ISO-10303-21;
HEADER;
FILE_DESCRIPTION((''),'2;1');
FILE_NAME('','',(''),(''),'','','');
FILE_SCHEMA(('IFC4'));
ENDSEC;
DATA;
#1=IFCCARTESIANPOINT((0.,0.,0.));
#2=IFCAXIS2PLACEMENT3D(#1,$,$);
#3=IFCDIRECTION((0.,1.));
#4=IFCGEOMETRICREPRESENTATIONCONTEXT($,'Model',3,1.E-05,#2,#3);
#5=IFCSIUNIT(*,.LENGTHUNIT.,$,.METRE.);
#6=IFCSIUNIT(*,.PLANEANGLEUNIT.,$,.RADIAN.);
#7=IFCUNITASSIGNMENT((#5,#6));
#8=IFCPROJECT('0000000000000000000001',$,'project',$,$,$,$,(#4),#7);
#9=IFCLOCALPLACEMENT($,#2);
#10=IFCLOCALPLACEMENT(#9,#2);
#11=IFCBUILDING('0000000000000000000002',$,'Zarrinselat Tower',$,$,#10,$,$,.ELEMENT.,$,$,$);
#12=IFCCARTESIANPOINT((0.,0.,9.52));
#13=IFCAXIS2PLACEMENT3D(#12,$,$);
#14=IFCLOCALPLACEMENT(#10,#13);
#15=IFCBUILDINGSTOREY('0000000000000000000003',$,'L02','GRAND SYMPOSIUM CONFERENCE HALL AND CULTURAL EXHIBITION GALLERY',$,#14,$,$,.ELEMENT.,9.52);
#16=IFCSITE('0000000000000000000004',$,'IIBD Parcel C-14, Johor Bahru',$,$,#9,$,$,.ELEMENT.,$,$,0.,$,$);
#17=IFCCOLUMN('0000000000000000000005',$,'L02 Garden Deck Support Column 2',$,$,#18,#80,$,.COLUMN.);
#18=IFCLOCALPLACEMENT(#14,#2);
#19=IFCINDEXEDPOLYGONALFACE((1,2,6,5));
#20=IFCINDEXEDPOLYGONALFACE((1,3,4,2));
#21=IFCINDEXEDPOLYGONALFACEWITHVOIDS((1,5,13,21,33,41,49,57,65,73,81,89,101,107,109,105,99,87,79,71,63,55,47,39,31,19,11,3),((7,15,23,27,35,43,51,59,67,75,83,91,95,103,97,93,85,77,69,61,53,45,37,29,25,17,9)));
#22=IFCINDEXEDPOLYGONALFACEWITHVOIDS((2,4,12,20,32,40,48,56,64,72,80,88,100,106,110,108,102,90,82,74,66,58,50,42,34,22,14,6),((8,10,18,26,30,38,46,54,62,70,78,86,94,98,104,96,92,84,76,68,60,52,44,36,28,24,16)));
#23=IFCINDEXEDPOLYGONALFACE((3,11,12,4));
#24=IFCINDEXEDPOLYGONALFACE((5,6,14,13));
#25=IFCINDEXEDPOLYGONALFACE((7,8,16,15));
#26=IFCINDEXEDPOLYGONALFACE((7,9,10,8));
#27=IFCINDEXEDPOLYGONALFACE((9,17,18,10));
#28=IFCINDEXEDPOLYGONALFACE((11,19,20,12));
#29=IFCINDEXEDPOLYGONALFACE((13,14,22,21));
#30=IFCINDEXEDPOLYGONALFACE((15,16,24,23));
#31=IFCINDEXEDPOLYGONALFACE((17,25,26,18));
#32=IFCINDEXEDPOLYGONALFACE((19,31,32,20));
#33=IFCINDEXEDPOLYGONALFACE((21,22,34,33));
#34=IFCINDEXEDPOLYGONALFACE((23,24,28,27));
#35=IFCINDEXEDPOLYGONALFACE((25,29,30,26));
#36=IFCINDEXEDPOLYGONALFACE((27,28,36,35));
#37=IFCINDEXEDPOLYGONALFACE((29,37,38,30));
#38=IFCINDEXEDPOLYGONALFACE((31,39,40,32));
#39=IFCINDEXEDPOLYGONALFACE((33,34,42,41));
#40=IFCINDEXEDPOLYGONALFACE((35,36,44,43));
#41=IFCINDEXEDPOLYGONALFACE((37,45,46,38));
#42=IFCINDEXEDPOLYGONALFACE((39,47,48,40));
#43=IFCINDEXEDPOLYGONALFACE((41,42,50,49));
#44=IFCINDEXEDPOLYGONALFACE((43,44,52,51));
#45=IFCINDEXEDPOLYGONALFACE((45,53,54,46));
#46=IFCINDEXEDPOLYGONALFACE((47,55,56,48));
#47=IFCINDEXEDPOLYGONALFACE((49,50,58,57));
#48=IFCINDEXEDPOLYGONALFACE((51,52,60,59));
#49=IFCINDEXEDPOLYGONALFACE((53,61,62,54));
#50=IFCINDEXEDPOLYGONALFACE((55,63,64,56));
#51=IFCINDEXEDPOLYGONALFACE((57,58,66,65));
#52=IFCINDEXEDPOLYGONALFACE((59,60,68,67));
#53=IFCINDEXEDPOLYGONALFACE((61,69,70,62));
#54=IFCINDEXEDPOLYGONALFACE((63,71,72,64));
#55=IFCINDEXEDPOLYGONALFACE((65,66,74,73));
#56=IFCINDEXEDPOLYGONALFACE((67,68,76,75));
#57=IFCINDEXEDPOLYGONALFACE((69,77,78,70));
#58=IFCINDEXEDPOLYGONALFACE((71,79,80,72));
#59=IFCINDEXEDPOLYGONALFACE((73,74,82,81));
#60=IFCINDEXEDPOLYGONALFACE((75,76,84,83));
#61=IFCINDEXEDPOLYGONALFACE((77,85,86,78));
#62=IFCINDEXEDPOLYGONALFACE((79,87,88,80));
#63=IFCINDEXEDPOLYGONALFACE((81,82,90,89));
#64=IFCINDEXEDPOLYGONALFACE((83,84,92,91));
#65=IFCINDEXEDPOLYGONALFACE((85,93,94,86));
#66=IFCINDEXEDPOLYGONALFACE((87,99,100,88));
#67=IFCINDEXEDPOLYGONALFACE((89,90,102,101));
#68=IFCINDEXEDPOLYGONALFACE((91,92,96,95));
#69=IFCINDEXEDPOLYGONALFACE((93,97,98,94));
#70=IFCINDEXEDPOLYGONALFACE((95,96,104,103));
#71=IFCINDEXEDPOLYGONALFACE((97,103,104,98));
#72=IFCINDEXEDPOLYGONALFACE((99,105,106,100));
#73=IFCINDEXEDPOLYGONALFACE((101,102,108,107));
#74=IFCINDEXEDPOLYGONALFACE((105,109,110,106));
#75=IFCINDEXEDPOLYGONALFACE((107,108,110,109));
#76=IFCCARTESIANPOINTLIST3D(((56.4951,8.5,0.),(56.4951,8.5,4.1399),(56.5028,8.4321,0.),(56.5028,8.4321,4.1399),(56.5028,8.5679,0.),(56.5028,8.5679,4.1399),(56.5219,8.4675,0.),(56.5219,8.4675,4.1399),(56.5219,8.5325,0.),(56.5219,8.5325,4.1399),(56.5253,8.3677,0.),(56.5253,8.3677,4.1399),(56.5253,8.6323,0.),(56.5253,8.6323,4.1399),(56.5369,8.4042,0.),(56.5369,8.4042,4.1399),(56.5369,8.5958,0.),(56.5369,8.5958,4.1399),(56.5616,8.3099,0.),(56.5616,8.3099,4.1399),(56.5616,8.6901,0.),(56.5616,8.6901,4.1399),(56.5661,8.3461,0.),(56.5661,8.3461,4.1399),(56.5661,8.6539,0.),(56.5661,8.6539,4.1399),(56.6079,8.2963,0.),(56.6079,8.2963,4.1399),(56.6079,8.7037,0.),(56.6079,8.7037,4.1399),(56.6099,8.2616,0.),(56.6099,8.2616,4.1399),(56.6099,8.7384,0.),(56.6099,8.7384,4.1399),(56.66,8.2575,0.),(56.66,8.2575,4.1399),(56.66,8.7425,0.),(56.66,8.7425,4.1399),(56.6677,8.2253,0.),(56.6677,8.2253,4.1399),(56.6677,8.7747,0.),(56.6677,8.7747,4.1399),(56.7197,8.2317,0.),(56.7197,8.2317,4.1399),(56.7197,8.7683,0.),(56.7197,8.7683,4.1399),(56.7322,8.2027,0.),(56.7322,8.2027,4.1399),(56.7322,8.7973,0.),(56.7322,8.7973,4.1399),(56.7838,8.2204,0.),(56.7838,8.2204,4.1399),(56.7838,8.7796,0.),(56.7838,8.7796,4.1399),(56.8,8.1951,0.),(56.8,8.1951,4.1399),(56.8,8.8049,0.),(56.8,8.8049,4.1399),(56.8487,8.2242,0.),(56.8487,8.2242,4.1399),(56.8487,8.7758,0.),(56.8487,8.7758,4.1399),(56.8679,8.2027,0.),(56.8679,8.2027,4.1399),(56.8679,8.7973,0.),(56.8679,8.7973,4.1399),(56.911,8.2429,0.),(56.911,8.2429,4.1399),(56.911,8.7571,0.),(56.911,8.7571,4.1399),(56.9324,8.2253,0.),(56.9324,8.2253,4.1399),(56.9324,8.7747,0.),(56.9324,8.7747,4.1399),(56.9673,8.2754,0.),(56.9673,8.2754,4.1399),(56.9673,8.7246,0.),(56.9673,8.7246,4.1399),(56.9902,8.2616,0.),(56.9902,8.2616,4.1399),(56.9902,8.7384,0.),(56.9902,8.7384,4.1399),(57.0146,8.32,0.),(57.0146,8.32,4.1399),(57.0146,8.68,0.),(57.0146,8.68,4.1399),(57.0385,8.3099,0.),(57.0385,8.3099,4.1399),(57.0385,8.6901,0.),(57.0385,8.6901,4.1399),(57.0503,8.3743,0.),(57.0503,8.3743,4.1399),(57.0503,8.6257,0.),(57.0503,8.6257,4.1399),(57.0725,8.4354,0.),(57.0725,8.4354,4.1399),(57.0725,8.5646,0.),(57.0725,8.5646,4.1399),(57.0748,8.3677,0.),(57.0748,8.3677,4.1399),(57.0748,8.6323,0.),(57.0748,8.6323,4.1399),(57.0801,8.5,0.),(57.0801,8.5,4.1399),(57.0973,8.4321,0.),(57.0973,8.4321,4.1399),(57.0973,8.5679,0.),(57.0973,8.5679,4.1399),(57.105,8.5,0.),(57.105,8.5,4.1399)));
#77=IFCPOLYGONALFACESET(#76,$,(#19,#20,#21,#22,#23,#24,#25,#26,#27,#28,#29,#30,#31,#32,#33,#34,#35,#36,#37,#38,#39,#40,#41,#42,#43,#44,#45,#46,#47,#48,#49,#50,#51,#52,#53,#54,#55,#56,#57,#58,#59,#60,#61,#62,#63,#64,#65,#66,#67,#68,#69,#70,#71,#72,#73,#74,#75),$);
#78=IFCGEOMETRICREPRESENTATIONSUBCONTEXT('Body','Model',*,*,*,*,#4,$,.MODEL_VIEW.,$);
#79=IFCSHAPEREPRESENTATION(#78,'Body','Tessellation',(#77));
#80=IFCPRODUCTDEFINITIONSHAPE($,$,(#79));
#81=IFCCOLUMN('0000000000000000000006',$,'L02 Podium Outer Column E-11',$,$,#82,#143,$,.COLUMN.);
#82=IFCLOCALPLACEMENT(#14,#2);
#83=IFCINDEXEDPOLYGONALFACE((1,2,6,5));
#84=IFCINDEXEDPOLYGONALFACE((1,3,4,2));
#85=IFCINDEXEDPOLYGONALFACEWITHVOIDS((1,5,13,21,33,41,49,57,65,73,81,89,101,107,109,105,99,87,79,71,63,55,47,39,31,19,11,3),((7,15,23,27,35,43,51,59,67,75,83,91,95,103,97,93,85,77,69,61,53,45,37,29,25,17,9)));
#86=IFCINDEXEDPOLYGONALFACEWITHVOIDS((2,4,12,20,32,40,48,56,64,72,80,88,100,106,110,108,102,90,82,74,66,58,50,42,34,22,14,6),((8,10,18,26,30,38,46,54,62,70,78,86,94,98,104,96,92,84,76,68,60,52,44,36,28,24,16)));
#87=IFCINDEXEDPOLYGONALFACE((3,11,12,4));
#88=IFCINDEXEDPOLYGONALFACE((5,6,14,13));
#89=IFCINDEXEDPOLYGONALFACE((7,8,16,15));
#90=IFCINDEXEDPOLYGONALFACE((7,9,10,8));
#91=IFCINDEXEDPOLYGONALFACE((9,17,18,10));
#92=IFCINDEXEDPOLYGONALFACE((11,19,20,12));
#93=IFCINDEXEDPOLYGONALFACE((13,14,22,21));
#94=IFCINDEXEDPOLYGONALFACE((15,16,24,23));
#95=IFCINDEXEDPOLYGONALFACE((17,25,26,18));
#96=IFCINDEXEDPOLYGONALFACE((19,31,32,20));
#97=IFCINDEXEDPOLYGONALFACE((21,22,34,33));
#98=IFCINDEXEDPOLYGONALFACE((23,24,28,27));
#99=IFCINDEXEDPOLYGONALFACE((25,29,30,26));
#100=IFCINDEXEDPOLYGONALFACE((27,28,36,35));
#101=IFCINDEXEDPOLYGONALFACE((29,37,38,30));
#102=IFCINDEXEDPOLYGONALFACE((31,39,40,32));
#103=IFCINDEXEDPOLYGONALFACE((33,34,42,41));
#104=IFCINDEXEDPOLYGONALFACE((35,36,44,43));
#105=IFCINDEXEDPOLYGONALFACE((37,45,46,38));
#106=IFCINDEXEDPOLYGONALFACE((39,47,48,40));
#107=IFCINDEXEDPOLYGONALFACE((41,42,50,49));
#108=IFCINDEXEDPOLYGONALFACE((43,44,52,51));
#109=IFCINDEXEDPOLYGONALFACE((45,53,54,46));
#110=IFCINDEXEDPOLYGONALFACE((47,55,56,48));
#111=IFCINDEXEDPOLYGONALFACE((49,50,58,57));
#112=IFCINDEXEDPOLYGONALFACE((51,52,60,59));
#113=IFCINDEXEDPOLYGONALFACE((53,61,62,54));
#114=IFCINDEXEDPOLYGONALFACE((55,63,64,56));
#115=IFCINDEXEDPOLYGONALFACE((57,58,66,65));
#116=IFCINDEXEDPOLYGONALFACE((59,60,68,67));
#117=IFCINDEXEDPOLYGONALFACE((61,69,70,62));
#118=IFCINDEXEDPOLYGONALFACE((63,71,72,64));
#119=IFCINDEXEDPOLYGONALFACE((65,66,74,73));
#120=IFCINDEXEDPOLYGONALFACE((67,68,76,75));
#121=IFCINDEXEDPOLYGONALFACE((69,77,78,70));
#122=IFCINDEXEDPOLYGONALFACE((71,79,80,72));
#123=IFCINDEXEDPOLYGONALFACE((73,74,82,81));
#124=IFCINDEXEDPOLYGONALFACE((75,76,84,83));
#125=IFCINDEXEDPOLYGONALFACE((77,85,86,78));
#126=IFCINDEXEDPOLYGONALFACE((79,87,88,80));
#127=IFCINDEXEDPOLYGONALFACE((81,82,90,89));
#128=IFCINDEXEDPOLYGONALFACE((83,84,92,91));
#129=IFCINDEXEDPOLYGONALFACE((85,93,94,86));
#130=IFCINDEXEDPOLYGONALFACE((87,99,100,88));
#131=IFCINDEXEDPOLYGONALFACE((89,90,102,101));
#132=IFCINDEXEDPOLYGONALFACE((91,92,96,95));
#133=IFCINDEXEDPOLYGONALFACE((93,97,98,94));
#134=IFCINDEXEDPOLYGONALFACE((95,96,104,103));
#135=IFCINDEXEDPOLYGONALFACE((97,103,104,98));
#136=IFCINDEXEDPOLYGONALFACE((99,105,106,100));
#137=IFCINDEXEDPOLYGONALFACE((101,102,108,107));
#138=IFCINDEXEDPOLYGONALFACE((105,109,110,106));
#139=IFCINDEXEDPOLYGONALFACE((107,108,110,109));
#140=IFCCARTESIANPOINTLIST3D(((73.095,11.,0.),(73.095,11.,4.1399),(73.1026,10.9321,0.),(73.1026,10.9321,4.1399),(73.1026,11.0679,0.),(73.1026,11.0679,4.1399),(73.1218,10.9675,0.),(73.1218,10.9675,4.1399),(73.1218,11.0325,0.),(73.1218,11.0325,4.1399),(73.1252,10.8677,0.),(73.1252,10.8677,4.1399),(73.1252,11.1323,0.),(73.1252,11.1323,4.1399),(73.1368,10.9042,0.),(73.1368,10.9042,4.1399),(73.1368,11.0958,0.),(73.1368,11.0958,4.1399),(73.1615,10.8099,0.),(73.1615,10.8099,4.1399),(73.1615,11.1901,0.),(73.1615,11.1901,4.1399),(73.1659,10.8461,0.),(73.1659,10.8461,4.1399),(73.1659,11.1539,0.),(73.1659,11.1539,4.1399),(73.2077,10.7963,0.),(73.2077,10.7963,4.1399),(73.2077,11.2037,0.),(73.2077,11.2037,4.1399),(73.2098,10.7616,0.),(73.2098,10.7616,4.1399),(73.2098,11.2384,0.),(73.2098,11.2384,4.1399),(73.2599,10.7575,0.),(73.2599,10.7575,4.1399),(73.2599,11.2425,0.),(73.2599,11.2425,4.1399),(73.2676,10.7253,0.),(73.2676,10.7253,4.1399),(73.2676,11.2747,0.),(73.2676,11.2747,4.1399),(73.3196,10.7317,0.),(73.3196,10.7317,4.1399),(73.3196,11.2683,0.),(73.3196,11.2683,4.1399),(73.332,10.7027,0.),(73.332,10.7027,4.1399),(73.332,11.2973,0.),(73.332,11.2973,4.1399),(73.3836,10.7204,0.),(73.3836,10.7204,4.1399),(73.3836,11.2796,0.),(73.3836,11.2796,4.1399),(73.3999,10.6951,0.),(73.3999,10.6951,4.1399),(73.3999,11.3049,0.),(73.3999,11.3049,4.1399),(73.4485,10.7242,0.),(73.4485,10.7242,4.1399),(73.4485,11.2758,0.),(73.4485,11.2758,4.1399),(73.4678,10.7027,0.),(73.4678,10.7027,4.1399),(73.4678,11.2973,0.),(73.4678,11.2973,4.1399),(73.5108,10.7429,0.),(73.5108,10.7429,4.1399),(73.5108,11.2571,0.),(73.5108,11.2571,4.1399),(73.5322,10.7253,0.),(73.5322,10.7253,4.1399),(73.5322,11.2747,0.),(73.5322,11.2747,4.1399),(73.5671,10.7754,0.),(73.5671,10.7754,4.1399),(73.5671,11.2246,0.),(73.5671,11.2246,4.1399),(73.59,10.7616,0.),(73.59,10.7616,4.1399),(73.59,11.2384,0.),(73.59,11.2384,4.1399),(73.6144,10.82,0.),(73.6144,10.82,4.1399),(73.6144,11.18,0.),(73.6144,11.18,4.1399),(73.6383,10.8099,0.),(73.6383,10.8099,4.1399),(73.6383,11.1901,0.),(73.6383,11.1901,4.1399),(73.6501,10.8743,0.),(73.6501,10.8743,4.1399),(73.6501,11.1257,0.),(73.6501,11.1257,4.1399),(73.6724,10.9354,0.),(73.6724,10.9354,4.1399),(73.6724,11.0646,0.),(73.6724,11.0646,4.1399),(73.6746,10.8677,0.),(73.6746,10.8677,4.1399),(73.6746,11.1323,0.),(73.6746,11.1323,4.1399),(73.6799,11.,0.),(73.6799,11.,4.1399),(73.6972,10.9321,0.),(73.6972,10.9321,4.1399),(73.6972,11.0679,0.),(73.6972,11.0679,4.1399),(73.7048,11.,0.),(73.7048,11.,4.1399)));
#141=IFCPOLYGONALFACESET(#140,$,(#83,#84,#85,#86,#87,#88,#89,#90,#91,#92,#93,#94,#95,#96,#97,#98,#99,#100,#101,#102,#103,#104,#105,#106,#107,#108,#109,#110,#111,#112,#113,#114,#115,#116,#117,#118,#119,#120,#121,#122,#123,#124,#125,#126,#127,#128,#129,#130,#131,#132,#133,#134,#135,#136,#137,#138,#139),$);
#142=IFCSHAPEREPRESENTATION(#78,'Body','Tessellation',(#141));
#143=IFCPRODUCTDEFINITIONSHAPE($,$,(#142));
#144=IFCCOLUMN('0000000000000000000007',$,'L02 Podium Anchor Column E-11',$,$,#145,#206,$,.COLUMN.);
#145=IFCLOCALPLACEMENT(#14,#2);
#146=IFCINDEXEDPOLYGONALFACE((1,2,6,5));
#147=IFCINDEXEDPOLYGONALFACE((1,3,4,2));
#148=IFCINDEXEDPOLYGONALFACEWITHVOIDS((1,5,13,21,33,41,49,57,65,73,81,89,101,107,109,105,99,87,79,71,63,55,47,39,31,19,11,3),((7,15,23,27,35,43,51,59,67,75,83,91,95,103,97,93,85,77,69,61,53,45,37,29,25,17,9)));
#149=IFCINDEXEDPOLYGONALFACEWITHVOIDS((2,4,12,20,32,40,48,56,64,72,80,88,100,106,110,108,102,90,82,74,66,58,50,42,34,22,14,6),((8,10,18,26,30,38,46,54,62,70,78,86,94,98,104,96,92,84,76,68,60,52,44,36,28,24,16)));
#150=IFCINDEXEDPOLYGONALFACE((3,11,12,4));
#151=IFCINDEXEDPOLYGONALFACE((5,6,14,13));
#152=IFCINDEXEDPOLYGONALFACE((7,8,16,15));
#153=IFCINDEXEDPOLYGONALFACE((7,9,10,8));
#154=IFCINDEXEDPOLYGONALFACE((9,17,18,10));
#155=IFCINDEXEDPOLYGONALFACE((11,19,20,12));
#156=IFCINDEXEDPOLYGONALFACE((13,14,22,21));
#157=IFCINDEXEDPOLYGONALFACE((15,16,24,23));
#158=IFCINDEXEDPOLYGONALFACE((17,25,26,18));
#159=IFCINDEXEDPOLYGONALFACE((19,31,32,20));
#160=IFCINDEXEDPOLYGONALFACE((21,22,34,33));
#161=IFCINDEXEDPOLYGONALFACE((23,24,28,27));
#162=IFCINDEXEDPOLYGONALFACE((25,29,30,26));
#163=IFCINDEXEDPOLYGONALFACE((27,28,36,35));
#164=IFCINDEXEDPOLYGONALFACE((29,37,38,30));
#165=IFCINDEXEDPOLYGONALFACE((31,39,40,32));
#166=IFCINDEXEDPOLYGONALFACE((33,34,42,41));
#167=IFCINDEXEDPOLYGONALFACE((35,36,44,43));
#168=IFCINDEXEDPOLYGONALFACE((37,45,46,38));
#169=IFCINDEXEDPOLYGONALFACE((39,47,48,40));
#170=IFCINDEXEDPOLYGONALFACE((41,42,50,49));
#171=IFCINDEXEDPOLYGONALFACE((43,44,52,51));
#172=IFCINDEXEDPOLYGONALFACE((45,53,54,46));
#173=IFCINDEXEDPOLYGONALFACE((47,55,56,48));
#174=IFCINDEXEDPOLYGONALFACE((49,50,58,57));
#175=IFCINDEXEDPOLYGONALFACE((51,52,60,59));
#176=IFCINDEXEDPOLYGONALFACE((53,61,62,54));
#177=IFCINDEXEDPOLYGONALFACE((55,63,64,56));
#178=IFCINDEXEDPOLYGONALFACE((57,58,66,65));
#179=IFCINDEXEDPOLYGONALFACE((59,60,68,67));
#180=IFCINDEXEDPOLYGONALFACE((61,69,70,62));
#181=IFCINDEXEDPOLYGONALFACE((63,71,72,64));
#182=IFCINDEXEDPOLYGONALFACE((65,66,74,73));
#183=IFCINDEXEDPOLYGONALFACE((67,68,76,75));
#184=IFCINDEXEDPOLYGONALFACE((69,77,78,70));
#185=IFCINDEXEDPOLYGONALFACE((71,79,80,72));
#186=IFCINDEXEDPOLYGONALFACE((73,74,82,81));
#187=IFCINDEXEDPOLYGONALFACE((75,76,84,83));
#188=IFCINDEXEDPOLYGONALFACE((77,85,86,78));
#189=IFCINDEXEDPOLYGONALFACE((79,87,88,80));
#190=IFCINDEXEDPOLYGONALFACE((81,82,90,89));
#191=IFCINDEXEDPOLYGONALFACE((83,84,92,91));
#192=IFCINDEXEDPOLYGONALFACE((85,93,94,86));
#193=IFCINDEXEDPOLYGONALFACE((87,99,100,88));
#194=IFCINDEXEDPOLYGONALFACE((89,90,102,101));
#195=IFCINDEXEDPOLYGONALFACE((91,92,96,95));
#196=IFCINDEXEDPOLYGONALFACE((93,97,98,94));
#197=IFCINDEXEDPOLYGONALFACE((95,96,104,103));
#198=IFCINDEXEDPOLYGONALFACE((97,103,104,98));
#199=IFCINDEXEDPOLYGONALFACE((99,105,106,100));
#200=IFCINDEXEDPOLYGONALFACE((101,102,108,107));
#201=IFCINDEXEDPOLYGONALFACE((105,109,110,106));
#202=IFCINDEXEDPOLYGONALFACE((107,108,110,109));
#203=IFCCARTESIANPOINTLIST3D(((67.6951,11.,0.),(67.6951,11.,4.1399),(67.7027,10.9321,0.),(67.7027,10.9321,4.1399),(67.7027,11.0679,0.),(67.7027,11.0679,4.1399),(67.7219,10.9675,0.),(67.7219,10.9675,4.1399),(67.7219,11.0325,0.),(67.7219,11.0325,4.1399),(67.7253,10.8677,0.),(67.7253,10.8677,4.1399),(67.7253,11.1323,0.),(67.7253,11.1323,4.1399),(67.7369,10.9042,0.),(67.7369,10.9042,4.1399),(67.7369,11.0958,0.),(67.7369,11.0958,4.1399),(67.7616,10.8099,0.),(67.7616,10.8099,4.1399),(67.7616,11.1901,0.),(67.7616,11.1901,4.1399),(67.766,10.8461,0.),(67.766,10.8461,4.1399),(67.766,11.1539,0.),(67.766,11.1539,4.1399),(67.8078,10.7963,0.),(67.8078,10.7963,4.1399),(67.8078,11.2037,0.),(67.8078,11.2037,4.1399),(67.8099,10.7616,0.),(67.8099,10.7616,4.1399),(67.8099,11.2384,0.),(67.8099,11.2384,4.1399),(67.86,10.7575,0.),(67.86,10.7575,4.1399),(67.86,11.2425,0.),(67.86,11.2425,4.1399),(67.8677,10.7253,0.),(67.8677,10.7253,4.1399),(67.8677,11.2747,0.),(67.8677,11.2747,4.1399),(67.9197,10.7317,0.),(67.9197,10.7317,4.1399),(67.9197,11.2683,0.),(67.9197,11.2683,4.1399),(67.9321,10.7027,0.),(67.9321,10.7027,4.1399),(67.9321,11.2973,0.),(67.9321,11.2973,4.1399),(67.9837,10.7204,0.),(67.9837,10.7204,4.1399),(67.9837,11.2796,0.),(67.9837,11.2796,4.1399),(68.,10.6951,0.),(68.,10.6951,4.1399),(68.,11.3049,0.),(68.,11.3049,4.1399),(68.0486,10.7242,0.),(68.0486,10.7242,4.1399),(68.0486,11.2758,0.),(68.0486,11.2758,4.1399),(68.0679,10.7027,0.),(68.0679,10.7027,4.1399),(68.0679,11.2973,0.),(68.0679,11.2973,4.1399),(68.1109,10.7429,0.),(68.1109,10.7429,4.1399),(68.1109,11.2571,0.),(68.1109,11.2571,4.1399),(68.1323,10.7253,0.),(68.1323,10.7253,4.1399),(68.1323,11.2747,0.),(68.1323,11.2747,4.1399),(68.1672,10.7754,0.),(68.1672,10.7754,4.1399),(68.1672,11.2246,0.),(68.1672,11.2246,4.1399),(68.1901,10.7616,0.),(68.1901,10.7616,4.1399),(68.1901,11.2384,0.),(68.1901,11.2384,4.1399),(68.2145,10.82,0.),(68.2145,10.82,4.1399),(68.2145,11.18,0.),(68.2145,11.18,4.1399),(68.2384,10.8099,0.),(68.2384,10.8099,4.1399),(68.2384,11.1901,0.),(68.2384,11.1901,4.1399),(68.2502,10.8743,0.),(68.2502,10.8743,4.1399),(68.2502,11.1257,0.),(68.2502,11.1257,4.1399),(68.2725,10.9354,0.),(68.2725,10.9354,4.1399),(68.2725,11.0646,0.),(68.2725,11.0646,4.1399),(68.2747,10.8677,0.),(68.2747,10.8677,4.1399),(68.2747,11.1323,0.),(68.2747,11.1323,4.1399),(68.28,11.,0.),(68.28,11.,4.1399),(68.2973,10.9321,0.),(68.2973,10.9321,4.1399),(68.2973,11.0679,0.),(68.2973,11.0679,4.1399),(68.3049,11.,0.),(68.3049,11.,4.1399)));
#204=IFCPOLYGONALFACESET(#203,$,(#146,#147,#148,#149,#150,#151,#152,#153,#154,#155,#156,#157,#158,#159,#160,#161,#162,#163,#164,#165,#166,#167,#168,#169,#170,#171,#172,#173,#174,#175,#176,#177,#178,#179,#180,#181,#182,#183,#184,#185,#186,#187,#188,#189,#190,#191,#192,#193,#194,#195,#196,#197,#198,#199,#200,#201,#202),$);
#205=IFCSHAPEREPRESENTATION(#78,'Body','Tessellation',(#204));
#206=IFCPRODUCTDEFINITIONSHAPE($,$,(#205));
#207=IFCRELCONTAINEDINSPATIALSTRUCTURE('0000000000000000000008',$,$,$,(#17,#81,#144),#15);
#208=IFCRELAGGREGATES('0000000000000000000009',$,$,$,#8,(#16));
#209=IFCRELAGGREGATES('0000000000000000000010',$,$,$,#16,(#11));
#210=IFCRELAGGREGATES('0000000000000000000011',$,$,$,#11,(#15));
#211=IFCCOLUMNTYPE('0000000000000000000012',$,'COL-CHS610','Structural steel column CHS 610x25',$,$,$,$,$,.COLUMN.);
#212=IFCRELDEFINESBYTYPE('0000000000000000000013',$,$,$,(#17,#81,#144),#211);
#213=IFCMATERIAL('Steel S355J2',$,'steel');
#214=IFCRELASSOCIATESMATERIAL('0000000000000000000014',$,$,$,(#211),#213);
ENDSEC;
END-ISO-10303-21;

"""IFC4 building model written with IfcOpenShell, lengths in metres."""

from ifc_helpers import new_model, si_unit, direction, frame, origin, origin_2d, place, context, subcontext, project, spatial, hollow_circle, extrude, material, material_profile, profile_set, type_object, element, save


model = new_model("IFC4")

# Units and contexts
model_context = context("Model", 3, precision=1e-05, world=origin(), true_north=direction((0.0, 1.0)))
body_context = subcontext(model_context, "Body", "Model", "MODEL_VIEW")
ifc_project = project(units=[si_unit("LENGTHUNIT", "METRE"), si_unit("PLANEANGLEUNIT", "RADIAN")], contexts=[model_context])

# Site, building, storey
site_placement = place(None, origin())
site = spatial("IfcSite", under=ifc_project, at=site_placement, Name="IIBD Parcel C-14, Johor Bahru", CompositionType="ELEMENT", RefElevation=0.0)
building_placement = place(site_placement, origin())
building = spatial("IfcBuilding", under=site, at=building_placement, Name="Zarrinselat Tower", CompositionType="ELEMENT")
storey_placement = place(building_placement, frame((0.0, 0.0, 9.52)))
storey = spatial("IfcBuildingStorey", under=building, at=storey_placement, Name="L02", Description="GRAND SYMPOSIUM CONFERENCE HALL AND CULTURAL EXHIBITION GALLERY", CompositionType="ELEMENT", Elevation=9.52)

# Columns
ifc_material_1 = material(Name="Steel S355J2", Category="steel")
ifc_material_profile_1 = material_profile(ifc_material_1, hollow_circle(Radius=0.3049, WallThickness=0.0249, at=origin_2d()), Name="CHS 610x25")
ifc_profile_set_1 = profile_set([ifc_material_profile_1], Name="Steel S355J2")
column_type = type_object("IfcColumnType", Name="COL-CHS610", Description="Structural steel column CHS 610x25", PredefinedType="COLUMN", material=ifc_profile_set_1)
for number, where, z_axis, x_axis, name in (
    (1, (56.8, 8.5, 0.0), (0.0, 0.0, 1.0), (1.0, 0.0, 0.0), "L02 Garden Deck Support Column 2"),
    (2, (73.3999, 11.0, 0.0), (0.0, 0.0, 1.0), (1.0, 0.0, 0.0), "L02 Podium Outer Column E-11"),
    (3, (68.0, 11.0, 0.0), (0.0, 0.0, 1.0), (1.0, 0.0, 0.0), "L02 Podium Anchor Column E-11"),
):
    element("IfcColumn", number, at=place(storey_placement, frame(where, z_axis=z_axis, x_axis=x_axis)), inside=storey, type_object=column_type, Name=name, PredefinedType="COLUMN", context=body_context, shape_type="SweptSolid", body=[
        extrude(hollow_circle(Radius=0.3049, WallThickness=0.0249, at=origin_2d()), origin(), (0.0, 0.0, 1.0), 4.1399),
    ])

save(model, "model.ifc")
